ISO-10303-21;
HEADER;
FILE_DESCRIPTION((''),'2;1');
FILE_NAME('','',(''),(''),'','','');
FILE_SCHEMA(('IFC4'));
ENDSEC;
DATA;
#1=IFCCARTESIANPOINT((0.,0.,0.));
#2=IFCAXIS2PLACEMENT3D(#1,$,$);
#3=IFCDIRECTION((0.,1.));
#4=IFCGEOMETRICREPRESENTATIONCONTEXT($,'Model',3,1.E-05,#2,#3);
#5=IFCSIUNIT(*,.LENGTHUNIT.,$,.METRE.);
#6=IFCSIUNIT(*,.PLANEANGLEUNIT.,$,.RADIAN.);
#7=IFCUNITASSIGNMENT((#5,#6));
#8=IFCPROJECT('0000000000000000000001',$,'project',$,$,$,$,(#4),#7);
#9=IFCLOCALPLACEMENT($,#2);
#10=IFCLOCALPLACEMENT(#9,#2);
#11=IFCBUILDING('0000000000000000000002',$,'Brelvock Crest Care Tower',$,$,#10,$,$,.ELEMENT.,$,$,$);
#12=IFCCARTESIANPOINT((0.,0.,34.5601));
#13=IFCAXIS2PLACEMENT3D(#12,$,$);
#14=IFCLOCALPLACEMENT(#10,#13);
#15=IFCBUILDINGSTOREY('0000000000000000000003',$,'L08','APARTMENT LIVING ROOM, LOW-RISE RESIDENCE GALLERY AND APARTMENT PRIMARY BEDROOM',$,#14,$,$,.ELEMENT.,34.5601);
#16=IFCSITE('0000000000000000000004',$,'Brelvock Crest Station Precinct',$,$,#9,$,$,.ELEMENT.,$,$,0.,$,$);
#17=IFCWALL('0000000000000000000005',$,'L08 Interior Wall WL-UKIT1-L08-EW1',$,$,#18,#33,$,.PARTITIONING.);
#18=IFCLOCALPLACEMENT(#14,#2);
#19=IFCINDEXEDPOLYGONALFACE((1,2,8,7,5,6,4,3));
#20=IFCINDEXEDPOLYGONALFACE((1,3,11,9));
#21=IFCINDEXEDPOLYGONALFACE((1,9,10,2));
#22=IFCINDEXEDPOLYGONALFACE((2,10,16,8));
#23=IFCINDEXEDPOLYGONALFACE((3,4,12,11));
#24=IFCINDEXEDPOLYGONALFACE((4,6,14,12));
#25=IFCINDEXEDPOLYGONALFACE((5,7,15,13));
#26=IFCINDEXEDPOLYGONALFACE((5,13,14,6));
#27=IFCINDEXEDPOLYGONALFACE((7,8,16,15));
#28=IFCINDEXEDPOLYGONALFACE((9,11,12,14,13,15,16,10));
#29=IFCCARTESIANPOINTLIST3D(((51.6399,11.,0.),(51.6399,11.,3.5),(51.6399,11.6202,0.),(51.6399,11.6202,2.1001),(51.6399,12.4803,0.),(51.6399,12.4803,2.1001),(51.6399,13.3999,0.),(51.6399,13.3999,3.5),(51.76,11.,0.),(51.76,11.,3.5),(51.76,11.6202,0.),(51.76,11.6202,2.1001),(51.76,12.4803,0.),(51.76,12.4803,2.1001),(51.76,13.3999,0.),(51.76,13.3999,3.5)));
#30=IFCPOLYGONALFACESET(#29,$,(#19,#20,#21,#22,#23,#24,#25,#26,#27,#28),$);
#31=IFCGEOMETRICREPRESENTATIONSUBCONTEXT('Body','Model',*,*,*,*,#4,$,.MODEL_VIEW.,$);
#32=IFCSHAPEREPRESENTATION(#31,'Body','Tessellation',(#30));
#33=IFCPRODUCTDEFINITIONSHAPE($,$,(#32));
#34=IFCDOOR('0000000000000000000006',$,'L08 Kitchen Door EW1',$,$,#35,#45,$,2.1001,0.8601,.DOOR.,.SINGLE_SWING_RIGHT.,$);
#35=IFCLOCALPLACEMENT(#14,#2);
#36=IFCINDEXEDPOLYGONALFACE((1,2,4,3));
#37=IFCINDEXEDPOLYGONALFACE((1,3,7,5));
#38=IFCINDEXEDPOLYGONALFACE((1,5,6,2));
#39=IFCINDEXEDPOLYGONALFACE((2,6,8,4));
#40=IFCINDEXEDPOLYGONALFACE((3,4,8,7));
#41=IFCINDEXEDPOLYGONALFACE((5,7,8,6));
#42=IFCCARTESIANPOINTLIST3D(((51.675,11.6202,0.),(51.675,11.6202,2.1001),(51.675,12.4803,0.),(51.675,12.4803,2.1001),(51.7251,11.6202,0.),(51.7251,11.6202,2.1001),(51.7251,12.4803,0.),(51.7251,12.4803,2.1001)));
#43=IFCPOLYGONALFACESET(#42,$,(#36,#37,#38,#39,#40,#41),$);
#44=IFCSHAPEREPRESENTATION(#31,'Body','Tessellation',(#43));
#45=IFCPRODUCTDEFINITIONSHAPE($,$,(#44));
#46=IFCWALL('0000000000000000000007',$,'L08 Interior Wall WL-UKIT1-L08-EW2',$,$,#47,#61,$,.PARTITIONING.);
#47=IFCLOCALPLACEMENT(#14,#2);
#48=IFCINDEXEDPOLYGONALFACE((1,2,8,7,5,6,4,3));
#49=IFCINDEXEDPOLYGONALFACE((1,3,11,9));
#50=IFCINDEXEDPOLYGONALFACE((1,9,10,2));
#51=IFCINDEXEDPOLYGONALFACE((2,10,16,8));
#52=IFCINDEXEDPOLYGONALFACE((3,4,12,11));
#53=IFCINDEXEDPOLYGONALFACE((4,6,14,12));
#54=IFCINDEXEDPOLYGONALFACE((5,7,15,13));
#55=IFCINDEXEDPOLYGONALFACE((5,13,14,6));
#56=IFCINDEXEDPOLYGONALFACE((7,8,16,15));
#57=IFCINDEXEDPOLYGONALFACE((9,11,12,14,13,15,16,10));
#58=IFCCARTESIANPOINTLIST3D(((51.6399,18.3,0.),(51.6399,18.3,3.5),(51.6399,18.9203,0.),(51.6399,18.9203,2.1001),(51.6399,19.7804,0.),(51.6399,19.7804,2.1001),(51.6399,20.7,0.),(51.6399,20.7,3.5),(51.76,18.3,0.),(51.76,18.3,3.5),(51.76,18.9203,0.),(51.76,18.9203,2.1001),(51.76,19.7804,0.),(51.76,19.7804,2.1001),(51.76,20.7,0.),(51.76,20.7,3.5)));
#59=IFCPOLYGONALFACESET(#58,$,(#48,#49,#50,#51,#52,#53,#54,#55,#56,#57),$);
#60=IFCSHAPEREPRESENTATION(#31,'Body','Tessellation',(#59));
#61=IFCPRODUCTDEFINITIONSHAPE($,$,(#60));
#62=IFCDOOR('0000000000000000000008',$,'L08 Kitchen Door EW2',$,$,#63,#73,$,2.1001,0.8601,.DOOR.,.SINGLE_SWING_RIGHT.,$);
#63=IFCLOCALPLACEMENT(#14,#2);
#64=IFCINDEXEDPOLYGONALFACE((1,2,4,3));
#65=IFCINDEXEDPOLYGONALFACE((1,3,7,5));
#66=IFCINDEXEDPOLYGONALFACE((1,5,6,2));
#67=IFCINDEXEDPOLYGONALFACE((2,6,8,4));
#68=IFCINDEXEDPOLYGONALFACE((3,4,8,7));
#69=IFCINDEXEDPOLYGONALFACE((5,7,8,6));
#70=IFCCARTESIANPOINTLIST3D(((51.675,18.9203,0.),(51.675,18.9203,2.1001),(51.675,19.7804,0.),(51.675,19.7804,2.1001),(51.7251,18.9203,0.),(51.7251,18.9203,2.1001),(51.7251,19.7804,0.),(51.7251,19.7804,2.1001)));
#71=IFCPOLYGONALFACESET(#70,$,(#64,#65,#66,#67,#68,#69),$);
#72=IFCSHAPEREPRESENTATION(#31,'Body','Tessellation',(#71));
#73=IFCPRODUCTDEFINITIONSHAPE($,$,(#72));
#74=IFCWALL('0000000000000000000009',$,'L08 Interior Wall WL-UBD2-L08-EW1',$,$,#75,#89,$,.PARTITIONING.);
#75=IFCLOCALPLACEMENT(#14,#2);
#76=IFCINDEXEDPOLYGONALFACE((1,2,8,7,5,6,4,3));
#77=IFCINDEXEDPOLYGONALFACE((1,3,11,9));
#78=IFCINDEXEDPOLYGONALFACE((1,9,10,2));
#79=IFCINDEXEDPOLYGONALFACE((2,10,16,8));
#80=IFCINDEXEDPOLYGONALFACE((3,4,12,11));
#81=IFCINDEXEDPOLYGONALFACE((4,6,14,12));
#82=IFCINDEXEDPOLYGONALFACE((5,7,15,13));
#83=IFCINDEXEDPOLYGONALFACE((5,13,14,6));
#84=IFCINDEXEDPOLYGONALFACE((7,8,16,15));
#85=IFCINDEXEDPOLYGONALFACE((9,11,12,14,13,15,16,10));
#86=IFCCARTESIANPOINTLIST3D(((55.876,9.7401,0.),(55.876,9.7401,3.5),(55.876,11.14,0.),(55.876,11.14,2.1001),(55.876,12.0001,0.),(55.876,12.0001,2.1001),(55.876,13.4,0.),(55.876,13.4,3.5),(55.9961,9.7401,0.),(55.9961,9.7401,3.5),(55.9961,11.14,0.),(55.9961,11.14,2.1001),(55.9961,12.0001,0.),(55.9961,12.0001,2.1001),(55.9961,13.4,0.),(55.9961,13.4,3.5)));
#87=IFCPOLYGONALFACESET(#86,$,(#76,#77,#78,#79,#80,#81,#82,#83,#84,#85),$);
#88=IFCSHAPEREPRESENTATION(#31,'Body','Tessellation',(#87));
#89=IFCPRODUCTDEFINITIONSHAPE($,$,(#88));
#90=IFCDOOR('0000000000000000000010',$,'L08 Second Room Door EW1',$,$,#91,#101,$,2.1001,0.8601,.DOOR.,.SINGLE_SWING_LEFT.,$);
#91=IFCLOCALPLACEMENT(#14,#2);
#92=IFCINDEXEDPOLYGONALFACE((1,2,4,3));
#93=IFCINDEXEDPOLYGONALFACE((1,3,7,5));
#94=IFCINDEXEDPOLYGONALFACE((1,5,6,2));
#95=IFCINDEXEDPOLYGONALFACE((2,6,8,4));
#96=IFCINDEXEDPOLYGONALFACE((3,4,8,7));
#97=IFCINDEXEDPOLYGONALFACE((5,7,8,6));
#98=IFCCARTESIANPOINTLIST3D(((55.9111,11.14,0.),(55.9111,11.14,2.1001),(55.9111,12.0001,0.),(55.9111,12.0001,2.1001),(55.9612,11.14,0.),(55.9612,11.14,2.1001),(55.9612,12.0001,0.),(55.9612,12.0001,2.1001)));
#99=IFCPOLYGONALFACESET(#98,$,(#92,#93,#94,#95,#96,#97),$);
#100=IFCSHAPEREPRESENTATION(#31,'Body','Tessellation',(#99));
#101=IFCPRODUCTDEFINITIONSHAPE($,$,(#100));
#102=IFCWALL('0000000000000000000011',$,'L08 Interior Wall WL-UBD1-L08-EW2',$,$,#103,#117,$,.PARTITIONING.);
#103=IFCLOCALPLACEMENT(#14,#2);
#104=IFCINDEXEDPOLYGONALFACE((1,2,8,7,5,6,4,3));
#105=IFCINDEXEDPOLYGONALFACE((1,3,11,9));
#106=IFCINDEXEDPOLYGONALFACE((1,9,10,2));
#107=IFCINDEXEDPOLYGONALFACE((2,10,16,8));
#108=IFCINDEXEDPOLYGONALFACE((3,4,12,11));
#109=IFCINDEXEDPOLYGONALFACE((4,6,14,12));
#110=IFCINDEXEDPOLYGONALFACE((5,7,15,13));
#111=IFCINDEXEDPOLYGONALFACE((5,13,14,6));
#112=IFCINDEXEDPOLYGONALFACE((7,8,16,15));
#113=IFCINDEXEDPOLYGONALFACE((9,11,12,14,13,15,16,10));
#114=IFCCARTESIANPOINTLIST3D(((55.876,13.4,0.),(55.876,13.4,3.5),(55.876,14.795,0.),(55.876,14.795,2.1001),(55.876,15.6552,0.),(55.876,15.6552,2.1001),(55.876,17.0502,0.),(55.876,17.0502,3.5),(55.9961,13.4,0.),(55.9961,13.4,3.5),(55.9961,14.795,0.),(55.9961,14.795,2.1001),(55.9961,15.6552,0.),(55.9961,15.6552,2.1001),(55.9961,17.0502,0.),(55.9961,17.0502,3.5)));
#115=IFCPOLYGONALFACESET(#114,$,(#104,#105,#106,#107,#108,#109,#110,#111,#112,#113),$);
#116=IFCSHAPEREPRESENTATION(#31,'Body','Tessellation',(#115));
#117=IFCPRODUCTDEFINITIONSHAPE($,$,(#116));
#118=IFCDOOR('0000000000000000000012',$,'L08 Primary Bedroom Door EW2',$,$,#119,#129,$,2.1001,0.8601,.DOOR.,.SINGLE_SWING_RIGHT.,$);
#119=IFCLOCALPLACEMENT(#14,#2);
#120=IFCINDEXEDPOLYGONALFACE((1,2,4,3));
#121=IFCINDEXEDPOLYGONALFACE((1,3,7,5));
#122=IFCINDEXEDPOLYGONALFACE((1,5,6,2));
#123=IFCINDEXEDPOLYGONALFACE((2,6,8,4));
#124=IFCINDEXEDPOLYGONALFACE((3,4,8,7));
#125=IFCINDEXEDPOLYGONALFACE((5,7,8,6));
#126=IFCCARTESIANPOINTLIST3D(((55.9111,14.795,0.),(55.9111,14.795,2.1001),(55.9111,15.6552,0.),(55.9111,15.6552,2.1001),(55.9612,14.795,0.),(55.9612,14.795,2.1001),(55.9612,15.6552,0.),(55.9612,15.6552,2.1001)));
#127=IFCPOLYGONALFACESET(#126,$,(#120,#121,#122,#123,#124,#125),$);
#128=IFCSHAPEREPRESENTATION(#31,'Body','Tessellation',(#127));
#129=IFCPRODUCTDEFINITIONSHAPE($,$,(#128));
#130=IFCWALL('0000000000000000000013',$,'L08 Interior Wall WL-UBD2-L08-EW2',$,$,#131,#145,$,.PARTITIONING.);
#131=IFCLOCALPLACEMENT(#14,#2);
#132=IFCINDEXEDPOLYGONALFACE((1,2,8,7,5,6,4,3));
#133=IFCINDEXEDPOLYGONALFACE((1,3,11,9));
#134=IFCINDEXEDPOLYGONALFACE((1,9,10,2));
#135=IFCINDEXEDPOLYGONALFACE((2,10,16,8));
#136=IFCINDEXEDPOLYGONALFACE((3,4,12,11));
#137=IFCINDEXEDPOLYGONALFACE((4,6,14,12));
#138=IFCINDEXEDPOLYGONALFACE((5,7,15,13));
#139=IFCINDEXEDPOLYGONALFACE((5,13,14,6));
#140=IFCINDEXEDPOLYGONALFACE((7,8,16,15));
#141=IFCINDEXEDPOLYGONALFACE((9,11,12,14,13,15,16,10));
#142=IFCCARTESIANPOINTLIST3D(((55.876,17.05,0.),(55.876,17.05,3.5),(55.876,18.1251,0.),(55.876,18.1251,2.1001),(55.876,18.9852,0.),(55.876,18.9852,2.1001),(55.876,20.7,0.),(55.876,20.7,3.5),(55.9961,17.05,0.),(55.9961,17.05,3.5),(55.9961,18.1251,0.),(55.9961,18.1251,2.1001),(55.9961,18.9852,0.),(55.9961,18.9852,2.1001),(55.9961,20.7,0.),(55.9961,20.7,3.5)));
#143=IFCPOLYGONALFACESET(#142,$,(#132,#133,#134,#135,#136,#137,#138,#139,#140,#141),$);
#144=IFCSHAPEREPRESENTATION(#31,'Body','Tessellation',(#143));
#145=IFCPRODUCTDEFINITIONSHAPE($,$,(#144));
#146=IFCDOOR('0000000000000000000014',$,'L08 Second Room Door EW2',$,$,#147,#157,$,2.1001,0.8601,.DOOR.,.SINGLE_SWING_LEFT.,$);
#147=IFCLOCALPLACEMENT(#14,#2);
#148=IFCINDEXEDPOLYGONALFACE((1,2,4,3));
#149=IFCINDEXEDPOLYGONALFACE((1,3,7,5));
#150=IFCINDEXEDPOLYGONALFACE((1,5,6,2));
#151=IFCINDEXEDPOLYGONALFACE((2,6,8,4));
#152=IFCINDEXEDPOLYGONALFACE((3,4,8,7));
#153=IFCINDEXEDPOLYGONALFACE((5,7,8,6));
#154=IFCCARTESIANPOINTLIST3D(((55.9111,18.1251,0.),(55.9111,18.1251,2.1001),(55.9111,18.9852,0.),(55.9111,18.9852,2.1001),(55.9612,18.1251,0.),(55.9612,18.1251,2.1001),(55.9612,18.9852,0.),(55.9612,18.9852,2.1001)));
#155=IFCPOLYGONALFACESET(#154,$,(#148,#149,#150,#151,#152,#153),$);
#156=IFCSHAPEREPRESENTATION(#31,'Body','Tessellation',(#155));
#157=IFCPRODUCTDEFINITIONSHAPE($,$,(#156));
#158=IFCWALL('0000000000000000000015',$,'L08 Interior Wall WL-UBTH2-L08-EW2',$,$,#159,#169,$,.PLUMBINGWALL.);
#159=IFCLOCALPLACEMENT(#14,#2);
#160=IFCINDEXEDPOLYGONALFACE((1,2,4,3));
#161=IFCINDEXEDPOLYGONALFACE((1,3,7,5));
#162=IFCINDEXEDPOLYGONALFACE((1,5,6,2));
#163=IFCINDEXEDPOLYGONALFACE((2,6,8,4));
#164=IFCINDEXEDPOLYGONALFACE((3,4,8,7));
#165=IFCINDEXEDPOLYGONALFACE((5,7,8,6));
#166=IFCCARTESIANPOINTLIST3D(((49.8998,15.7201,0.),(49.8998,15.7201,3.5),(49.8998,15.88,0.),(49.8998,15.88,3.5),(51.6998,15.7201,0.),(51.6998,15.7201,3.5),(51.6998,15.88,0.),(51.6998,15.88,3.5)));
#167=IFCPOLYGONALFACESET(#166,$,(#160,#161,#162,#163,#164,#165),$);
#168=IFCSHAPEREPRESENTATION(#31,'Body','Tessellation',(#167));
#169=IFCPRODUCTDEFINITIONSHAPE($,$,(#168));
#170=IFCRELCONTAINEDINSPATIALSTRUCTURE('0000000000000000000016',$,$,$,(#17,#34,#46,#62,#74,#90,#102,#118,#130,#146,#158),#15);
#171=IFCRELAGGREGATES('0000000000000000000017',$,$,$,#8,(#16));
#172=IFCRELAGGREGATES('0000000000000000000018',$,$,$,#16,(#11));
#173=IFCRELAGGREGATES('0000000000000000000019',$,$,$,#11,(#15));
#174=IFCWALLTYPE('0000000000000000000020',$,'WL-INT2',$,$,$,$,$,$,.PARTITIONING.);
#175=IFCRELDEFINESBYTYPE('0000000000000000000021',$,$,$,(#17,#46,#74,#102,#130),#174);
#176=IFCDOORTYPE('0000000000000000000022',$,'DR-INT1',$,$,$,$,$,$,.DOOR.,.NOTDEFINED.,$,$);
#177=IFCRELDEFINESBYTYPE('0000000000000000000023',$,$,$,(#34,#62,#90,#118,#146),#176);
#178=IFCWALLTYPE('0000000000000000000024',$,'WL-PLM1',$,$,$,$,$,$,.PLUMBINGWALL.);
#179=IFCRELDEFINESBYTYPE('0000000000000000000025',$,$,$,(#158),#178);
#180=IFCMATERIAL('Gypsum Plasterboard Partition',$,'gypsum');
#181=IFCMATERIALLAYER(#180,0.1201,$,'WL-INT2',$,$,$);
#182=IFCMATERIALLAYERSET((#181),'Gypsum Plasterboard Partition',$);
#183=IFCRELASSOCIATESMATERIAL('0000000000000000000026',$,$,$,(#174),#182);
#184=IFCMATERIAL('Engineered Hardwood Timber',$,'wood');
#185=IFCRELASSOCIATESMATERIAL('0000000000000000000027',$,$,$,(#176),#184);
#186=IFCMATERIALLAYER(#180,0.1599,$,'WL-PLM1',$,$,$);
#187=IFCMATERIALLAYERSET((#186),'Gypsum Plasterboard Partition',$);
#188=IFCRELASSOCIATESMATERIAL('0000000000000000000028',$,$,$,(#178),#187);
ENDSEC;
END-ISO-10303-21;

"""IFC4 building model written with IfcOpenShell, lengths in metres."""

from ifc_helpers import new_model, si_unit, direction, frame, frame_2d, origin, origin_2d, place, context, subcontext, project, spatial, rectangle, extrude, source, transform, mapped, material, layer, layer_set, type_object, element, fill, save


model = new_model("IFC4")

# Units and contexts
model_context = context("Model", 3, precision=1e-05, world=origin(), true_north=direction((0.0, 1.0)))
body_context = subcontext(model_context, "Body", "Model", "MODEL_VIEW")
ifc_project = project(units=[si_unit("LENGTHUNIT", "METRE"), si_unit("PLANEANGLEUNIT", "RADIAN")], contexts=[model_context])

# Site, building, storey
site_placement = place(None, origin())
site = spatial("IfcSite", under=ifc_project, at=site_placement, Name="Brelvock Crest Station Precinct", CompositionType="ELEMENT", RefElevation=0.0)
building_placement = place(site_placement, origin())
building = spatial("IfcBuilding", under=site, at=building_placement, Name="Brelvock Crest Care Tower", CompositionType="ELEMENT")
storey_placement = place(building_placement, frame((0.0, 0.0, 34.5601)))
storey = spatial("IfcBuildingStorey", under=building, at=storey_placement, Name="L08", Description="APARTMENT LIVING ROOM, LOW-RISE RESIDENCE GALLERY AND APARTMENT PRIMARY BEDROOM", CompositionType="ELEMENT", Elevation=34.5601)

# Shared definitions
ifc_material_1 = material(Name="Engineered Hardwood Timber", Category="wood")

# Shared definitions
ifc_material_2 = material(Name="Gypsum Plasterboard Partition", Category="gypsum")
ifc_layer_1 = layer(ifc_material_2, 0.1201, Name="WL-INT2")
ifc_layer_set_1 = layer_set([ifc_layer_1], Name="Gypsum Plasterboard Partition")
wall_type_1 = type_object("IfcWallType", Name="WL-INT2", PredefinedType="PARTITIONING", material=ifc_layer_set_1)

# Walls, openings, doors
wall_1_placement = place(storey_placement, frame((51.7, 11.0, 0.0), z_axis=(0.0, 0.0, 1.0), x_axis=(0.0, 1.0, 0.0)))
wall_1 = element("IfcWall", 1, at=wall_1_placement, inside=storey, type_object=wall_type_1, Name="L08 Interior Wall WL-UKIT1-L08-EW1", PredefinedType="PARTITIONING", context=body_context, shape_type="SweptSolid", body=[
    extrude(rectangle(XDim=2.3999, YDim=0.1201, at=frame_2d((1.2, 0.0))), origin(), (0.0, 0.0, 1.0), 3.5),
])
opening_1_placement = place(wall_1_placement, frame((0.6201, 0.0, 0.0)))
opening_1 = element("IfcOpeningElement", 2, at=opening_1_placement, cuts=wall_1, PredefinedType="OPENING", context=body_context, shape_type="SweptSolid", body=[
    extrude(rectangle(XDim=0.8601, YDim=2.1001, at=origin_2d()), frame((0.4302, 0.0701, 1.05), z_axis=(0.0, -1.0, 0.0), x_axis=(1.0, 0.0, 0.0)), (0.0, 0.0, 1.0), 0.1401),
])
door_type_1 = type_object("IfcDoorType", Name="DR-INT1", OperationType="NOTDEFINED", PredefinedType="DOOR", material=ifc_material_1)
shared_shape_1 = source(origin(), body_context, "Body", "SweptSolid", [
    extrude(rectangle(XDim=0.8601, YDim=2.1001, at=origin_2d()), frame((0.4302, 0.0249, 1.05), z_axis=(0.0, -1.0, 0.0), x_axis=(1.0, 0.0, 0.0)), (0.0, 0.0, 1.0), 0.05),
])
door_1_placement = place(opening_1_placement, origin())
door_1 = element("IfcDoor", 3, at=door_1_placement, inside=storey, type_object=door_type_1, Name="L08 Kitchen Door EW1", OperationType="SINGLE_SWING_RIGHT", OverallHeight=2.1001, OverallWidth=0.8601, PredefinedType="DOOR", context=body_context, shape_type="MappedRepresentation", body=[
    mapped(shared_shape_1, transform((0.0, 0.0, 0.0), x_axis=(1.0, 0.0, 0.0), y_axis=(0.0, 1.0, 0.0), z_axis=(0.0, 0.0, 1.0), scale=1.0)),
])
fill(opening_1, door_1)
wall_2_placement = place(storey_placement, frame((51.7, 18.3, 0.0), z_axis=(0.0, 0.0, 1.0), x_axis=(0.0, 1.0, 0.0)))
wall_2 = element("IfcWall", 4, at=wall_2_placement, inside=storey, type_object=wall_type_1, Name="L08 Interior Wall WL-UKIT1-L08-EW2", PredefinedType="PARTITIONING", context=body_context, shape_type="SweptSolid", body=[
    extrude(rectangle(XDim=2.3999, YDim=0.1201, at=frame_2d((1.2, 0.0))), origin(), (0.0, 0.0, 1.0), 3.5),
])
opening_2_placement = place(wall_2_placement, frame((0.6201, 0.0, 0.0)))
opening_2 = element("IfcOpeningElement", 5, at=opening_2_placement, cuts=wall_2, PredefinedType="OPENING", context=body_context, shape_type="SweptSolid", body=[
    extrude(rectangle(XDim=0.8601, YDim=2.1001, at=origin_2d()), frame((0.4302, 0.0701, 1.05), z_axis=(0.0, -1.0, 0.0), x_axis=(1.0, 0.0, 0.0)), (0.0, 0.0, 1.0), 0.1401),
])
door_2_placement = place(opening_2_placement, origin())
door_2 = element("IfcDoor", 6, at=door_2_placement, inside=storey, type_object=door_type_1, Name="L08 Kitchen Door EW2", OperationType="SINGLE_SWING_RIGHT", OverallHeight=2.1001, OverallWidth=0.8601, PredefinedType="DOOR", context=body_context, shape_type="MappedRepresentation", body=[
    mapped(shared_shape_1, transform((0.0, 0.0, 0.0), x_axis=(1.0, 0.0, 0.0), y_axis=(0.0, 1.0, 0.0), z_axis=(0.0, 0.0, 1.0), scale=1.0)),
])
fill(opening_2, door_2)
wall_3_placement = place(storey_placement, frame((55.936, 9.74, 0.0), z_axis=(0.0, 0.0, 1.0), x_axis=(0.0, 1.0, 0.0)))
wall_3 = element("IfcWall", 7, at=wall_3_placement, inside=storey, type_object=wall_type_1, Name="L08 Interior Wall WL-UBD2-L08-EW1", PredefinedType="PARTITIONING", context=body_context, shape_type="SweptSolid", body=[
    extrude(rectangle(XDim=3.6599, YDim=0.1201, at=frame_2d((1.8301, 0.0))), origin(), (0.0, 0.0, 1.0), 3.5),
])
opening_3_placement = place(wall_3_placement, frame((1.3999, 0.0, 0.0)))
opening_3 = element("IfcOpeningElement", 8, at=opening_3_placement, cuts=wall_3, PredefinedType="OPENING", context=body_context, shape_type="SweptSolid", body=[
    extrude(rectangle(XDim=0.8601, YDim=2.1001, at=origin_2d()), frame((0.4302, 0.0701, 1.05), z_axis=(0.0, -1.0, 0.0), x_axis=(1.0, 0.0, 0.0)), (0.0, 0.0, 1.0), 0.1401),
])
door_3_placement = place(opening_3_placement, origin())
door_3 = element("IfcDoor", 9, at=door_3_placement, inside=storey, type_object=door_type_1, Name="L08 Second Room Door EW1", OperationType="SINGLE_SWING_LEFT", OverallHeight=2.1001, OverallWidth=0.8601, PredefinedType="DOOR", context=body_context, shape_type="MappedRepresentation", body=[
    mapped(shared_shape_1, transform((0.0, 0.0, 0.0), x_axis=(1.0, 0.0, 0.0), y_axis=(0.0, 1.0, 0.0), z_axis=(0.0, 0.0, 1.0), scale=1.0)),
])
fill(opening_3, door_3)
wall_4_placement = place(storey_placement, frame((55.936, 13.3999, 0.0), z_axis=(0.0, 0.0, 1.0), x_axis=(0.0, 1.0, 0.0)))
wall_4 = element("IfcWall", 10, at=wall_4_placement, inside=storey, type_object=wall_type_1, Name="L08 Interior Wall WL-UBD1-L08-EW2", PredefinedType="PARTITIONING", context=body_context, shape_type="SweptSolid", body=[
    extrude(rectangle(XDim=3.6501, YDim=0.1201, at=frame_2d((1.8252, 0.0))), origin(), (0.0, 0.0, 1.0), 3.5),
])
opening_4_placement = place(wall_4_placement, frame((1.395, 0.0, 0.0)))
opening_4 = element("IfcOpeningElement", 11, at=opening_4_placement, cuts=wall_4, PredefinedType="OPENING", context=body_context, shape_type="SweptSolid", body=[
    extrude(rectangle(XDim=0.8601, YDim=2.1001, at=origin_2d()), frame((0.4302, 0.0701, 1.05), z_axis=(0.0, -1.0, 0.0), x_axis=(1.0, 0.0, 0.0)), (0.0, 0.0, 1.0), 0.1401),
])
door_4_placement = place(opening_4_placement, origin())
door_4 = element("IfcDoor", 12, at=door_4_placement, inside=storey, type_object=door_type_1, Name="L08 Primary Bedroom Door EW2", OperationType="SINGLE_SWING_RIGHT", OverallHeight=2.1001, OverallWidth=0.8601, PredefinedType="DOOR", context=body_context, shape_type="MappedRepresentation", body=[
    mapped(shared_shape_1, transform((0.0, 0.0, 0.0), x_axis=(1.0, 0.0, 0.0), y_axis=(0.0, 1.0, 0.0), z_axis=(0.0, 0.0, 1.0), scale=1.0)),
])
fill(opening_4, door_4)
wall_5_placement = place(storey_placement, frame((55.936, 17.05, 0.0), z_axis=(0.0, 0.0, 1.0), x_axis=(0.0, 1.0, 0.0)))
wall_5 = element("IfcWall", 13, at=wall_5_placement, inside=storey, type_object=wall_type_1, Name="L08 Interior Wall WL-UBD2-L08-EW2", PredefinedType="PARTITIONING", context=body_context, shape_type="SweptSolid", body=[
    extrude(rectangle(XDim=3.6499, YDim=0.1201, at=frame_2d((1.825, 0.0))), origin(), (0.0, 0.0, 1.0), 3.5),
])
opening_5_placement = place(wall_5_placement, frame((1.075, 0.0, 0.0)))
opening_5 = element("IfcOpeningElement", 14, at=opening_5_placement, cuts=wall_5, PredefinedType="OPENING", context=body_context, shape_type="SweptSolid", body=[
    extrude(rectangle(XDim=0.8601, YDim=2.1001, at=origin_2d()), frame((0.4302, 0.0701, 1.05), z_axis=(0.0, -1.0, 0.0), x_axis=(1.0, 0.0, 0.0)), (0.0, 0.0, 1.0), 0.1401),
])
door_5_placement = place(opening_5_placement, origin())
door_5 = element("IfcDoor", 15, at=door_5_placement, inside=storey, type_object=door_type_1, Name="L08 Second Room Door EW2", OperationType="SINGLE_SWING_LEFT", OverallHeight=2.1001, OverallWidth=0.8601, PredefinedType="DOOR", context=body_context, shape_type="MappedRepresentation", body=[
    mapped(shared_shape_1, transform((0.0, 0.0, 0.0), x_axis=(1.0, 0.0, 0.0), y_axis=(0.0, 1.0, 0.0), z_axis=(0.0, 0.0, 1.0), scale=1.0)),
])
fill(opening_5, door_5)

# Wall
ifc_layer_2 = layer(ifc_material_2, 0.1599, Name="WL-PLM1")
ifc_layer_set_2 = layer_set([ifc_layer_2], Name="Gypsum Plasterboard Partition")
wall_type_2 = type_object("IfcWallType", Name="WL-PLM1", PredefinedType="PLUMBINGWALL", material=ifc_layer_set_2)
wall_6_placement = place(storey_placement, frame((49.8999, 15.8, 0.0), z_axis=(0.0, 0.0, 1.0), x_axis=(1.0, 0.0, 0.0)))
element("IfcWall", 16, at=wall_6_placement, inside=storey, type_object=wall_type_2, Name="L08 Interior Wall WL-UBTH2-L08-EW2", PredefinedType="PLUMBINGWALL", context=body_context, shape_type="SweptSolid", body=[
    extrude(rectangle(XDim=1.8, YDim=0.1599, at=frame_2d((0.8999, 0.0))), origin(), (0.0, 0.0, 1.0), 3.5),
])

save(model, "model.ifc")
